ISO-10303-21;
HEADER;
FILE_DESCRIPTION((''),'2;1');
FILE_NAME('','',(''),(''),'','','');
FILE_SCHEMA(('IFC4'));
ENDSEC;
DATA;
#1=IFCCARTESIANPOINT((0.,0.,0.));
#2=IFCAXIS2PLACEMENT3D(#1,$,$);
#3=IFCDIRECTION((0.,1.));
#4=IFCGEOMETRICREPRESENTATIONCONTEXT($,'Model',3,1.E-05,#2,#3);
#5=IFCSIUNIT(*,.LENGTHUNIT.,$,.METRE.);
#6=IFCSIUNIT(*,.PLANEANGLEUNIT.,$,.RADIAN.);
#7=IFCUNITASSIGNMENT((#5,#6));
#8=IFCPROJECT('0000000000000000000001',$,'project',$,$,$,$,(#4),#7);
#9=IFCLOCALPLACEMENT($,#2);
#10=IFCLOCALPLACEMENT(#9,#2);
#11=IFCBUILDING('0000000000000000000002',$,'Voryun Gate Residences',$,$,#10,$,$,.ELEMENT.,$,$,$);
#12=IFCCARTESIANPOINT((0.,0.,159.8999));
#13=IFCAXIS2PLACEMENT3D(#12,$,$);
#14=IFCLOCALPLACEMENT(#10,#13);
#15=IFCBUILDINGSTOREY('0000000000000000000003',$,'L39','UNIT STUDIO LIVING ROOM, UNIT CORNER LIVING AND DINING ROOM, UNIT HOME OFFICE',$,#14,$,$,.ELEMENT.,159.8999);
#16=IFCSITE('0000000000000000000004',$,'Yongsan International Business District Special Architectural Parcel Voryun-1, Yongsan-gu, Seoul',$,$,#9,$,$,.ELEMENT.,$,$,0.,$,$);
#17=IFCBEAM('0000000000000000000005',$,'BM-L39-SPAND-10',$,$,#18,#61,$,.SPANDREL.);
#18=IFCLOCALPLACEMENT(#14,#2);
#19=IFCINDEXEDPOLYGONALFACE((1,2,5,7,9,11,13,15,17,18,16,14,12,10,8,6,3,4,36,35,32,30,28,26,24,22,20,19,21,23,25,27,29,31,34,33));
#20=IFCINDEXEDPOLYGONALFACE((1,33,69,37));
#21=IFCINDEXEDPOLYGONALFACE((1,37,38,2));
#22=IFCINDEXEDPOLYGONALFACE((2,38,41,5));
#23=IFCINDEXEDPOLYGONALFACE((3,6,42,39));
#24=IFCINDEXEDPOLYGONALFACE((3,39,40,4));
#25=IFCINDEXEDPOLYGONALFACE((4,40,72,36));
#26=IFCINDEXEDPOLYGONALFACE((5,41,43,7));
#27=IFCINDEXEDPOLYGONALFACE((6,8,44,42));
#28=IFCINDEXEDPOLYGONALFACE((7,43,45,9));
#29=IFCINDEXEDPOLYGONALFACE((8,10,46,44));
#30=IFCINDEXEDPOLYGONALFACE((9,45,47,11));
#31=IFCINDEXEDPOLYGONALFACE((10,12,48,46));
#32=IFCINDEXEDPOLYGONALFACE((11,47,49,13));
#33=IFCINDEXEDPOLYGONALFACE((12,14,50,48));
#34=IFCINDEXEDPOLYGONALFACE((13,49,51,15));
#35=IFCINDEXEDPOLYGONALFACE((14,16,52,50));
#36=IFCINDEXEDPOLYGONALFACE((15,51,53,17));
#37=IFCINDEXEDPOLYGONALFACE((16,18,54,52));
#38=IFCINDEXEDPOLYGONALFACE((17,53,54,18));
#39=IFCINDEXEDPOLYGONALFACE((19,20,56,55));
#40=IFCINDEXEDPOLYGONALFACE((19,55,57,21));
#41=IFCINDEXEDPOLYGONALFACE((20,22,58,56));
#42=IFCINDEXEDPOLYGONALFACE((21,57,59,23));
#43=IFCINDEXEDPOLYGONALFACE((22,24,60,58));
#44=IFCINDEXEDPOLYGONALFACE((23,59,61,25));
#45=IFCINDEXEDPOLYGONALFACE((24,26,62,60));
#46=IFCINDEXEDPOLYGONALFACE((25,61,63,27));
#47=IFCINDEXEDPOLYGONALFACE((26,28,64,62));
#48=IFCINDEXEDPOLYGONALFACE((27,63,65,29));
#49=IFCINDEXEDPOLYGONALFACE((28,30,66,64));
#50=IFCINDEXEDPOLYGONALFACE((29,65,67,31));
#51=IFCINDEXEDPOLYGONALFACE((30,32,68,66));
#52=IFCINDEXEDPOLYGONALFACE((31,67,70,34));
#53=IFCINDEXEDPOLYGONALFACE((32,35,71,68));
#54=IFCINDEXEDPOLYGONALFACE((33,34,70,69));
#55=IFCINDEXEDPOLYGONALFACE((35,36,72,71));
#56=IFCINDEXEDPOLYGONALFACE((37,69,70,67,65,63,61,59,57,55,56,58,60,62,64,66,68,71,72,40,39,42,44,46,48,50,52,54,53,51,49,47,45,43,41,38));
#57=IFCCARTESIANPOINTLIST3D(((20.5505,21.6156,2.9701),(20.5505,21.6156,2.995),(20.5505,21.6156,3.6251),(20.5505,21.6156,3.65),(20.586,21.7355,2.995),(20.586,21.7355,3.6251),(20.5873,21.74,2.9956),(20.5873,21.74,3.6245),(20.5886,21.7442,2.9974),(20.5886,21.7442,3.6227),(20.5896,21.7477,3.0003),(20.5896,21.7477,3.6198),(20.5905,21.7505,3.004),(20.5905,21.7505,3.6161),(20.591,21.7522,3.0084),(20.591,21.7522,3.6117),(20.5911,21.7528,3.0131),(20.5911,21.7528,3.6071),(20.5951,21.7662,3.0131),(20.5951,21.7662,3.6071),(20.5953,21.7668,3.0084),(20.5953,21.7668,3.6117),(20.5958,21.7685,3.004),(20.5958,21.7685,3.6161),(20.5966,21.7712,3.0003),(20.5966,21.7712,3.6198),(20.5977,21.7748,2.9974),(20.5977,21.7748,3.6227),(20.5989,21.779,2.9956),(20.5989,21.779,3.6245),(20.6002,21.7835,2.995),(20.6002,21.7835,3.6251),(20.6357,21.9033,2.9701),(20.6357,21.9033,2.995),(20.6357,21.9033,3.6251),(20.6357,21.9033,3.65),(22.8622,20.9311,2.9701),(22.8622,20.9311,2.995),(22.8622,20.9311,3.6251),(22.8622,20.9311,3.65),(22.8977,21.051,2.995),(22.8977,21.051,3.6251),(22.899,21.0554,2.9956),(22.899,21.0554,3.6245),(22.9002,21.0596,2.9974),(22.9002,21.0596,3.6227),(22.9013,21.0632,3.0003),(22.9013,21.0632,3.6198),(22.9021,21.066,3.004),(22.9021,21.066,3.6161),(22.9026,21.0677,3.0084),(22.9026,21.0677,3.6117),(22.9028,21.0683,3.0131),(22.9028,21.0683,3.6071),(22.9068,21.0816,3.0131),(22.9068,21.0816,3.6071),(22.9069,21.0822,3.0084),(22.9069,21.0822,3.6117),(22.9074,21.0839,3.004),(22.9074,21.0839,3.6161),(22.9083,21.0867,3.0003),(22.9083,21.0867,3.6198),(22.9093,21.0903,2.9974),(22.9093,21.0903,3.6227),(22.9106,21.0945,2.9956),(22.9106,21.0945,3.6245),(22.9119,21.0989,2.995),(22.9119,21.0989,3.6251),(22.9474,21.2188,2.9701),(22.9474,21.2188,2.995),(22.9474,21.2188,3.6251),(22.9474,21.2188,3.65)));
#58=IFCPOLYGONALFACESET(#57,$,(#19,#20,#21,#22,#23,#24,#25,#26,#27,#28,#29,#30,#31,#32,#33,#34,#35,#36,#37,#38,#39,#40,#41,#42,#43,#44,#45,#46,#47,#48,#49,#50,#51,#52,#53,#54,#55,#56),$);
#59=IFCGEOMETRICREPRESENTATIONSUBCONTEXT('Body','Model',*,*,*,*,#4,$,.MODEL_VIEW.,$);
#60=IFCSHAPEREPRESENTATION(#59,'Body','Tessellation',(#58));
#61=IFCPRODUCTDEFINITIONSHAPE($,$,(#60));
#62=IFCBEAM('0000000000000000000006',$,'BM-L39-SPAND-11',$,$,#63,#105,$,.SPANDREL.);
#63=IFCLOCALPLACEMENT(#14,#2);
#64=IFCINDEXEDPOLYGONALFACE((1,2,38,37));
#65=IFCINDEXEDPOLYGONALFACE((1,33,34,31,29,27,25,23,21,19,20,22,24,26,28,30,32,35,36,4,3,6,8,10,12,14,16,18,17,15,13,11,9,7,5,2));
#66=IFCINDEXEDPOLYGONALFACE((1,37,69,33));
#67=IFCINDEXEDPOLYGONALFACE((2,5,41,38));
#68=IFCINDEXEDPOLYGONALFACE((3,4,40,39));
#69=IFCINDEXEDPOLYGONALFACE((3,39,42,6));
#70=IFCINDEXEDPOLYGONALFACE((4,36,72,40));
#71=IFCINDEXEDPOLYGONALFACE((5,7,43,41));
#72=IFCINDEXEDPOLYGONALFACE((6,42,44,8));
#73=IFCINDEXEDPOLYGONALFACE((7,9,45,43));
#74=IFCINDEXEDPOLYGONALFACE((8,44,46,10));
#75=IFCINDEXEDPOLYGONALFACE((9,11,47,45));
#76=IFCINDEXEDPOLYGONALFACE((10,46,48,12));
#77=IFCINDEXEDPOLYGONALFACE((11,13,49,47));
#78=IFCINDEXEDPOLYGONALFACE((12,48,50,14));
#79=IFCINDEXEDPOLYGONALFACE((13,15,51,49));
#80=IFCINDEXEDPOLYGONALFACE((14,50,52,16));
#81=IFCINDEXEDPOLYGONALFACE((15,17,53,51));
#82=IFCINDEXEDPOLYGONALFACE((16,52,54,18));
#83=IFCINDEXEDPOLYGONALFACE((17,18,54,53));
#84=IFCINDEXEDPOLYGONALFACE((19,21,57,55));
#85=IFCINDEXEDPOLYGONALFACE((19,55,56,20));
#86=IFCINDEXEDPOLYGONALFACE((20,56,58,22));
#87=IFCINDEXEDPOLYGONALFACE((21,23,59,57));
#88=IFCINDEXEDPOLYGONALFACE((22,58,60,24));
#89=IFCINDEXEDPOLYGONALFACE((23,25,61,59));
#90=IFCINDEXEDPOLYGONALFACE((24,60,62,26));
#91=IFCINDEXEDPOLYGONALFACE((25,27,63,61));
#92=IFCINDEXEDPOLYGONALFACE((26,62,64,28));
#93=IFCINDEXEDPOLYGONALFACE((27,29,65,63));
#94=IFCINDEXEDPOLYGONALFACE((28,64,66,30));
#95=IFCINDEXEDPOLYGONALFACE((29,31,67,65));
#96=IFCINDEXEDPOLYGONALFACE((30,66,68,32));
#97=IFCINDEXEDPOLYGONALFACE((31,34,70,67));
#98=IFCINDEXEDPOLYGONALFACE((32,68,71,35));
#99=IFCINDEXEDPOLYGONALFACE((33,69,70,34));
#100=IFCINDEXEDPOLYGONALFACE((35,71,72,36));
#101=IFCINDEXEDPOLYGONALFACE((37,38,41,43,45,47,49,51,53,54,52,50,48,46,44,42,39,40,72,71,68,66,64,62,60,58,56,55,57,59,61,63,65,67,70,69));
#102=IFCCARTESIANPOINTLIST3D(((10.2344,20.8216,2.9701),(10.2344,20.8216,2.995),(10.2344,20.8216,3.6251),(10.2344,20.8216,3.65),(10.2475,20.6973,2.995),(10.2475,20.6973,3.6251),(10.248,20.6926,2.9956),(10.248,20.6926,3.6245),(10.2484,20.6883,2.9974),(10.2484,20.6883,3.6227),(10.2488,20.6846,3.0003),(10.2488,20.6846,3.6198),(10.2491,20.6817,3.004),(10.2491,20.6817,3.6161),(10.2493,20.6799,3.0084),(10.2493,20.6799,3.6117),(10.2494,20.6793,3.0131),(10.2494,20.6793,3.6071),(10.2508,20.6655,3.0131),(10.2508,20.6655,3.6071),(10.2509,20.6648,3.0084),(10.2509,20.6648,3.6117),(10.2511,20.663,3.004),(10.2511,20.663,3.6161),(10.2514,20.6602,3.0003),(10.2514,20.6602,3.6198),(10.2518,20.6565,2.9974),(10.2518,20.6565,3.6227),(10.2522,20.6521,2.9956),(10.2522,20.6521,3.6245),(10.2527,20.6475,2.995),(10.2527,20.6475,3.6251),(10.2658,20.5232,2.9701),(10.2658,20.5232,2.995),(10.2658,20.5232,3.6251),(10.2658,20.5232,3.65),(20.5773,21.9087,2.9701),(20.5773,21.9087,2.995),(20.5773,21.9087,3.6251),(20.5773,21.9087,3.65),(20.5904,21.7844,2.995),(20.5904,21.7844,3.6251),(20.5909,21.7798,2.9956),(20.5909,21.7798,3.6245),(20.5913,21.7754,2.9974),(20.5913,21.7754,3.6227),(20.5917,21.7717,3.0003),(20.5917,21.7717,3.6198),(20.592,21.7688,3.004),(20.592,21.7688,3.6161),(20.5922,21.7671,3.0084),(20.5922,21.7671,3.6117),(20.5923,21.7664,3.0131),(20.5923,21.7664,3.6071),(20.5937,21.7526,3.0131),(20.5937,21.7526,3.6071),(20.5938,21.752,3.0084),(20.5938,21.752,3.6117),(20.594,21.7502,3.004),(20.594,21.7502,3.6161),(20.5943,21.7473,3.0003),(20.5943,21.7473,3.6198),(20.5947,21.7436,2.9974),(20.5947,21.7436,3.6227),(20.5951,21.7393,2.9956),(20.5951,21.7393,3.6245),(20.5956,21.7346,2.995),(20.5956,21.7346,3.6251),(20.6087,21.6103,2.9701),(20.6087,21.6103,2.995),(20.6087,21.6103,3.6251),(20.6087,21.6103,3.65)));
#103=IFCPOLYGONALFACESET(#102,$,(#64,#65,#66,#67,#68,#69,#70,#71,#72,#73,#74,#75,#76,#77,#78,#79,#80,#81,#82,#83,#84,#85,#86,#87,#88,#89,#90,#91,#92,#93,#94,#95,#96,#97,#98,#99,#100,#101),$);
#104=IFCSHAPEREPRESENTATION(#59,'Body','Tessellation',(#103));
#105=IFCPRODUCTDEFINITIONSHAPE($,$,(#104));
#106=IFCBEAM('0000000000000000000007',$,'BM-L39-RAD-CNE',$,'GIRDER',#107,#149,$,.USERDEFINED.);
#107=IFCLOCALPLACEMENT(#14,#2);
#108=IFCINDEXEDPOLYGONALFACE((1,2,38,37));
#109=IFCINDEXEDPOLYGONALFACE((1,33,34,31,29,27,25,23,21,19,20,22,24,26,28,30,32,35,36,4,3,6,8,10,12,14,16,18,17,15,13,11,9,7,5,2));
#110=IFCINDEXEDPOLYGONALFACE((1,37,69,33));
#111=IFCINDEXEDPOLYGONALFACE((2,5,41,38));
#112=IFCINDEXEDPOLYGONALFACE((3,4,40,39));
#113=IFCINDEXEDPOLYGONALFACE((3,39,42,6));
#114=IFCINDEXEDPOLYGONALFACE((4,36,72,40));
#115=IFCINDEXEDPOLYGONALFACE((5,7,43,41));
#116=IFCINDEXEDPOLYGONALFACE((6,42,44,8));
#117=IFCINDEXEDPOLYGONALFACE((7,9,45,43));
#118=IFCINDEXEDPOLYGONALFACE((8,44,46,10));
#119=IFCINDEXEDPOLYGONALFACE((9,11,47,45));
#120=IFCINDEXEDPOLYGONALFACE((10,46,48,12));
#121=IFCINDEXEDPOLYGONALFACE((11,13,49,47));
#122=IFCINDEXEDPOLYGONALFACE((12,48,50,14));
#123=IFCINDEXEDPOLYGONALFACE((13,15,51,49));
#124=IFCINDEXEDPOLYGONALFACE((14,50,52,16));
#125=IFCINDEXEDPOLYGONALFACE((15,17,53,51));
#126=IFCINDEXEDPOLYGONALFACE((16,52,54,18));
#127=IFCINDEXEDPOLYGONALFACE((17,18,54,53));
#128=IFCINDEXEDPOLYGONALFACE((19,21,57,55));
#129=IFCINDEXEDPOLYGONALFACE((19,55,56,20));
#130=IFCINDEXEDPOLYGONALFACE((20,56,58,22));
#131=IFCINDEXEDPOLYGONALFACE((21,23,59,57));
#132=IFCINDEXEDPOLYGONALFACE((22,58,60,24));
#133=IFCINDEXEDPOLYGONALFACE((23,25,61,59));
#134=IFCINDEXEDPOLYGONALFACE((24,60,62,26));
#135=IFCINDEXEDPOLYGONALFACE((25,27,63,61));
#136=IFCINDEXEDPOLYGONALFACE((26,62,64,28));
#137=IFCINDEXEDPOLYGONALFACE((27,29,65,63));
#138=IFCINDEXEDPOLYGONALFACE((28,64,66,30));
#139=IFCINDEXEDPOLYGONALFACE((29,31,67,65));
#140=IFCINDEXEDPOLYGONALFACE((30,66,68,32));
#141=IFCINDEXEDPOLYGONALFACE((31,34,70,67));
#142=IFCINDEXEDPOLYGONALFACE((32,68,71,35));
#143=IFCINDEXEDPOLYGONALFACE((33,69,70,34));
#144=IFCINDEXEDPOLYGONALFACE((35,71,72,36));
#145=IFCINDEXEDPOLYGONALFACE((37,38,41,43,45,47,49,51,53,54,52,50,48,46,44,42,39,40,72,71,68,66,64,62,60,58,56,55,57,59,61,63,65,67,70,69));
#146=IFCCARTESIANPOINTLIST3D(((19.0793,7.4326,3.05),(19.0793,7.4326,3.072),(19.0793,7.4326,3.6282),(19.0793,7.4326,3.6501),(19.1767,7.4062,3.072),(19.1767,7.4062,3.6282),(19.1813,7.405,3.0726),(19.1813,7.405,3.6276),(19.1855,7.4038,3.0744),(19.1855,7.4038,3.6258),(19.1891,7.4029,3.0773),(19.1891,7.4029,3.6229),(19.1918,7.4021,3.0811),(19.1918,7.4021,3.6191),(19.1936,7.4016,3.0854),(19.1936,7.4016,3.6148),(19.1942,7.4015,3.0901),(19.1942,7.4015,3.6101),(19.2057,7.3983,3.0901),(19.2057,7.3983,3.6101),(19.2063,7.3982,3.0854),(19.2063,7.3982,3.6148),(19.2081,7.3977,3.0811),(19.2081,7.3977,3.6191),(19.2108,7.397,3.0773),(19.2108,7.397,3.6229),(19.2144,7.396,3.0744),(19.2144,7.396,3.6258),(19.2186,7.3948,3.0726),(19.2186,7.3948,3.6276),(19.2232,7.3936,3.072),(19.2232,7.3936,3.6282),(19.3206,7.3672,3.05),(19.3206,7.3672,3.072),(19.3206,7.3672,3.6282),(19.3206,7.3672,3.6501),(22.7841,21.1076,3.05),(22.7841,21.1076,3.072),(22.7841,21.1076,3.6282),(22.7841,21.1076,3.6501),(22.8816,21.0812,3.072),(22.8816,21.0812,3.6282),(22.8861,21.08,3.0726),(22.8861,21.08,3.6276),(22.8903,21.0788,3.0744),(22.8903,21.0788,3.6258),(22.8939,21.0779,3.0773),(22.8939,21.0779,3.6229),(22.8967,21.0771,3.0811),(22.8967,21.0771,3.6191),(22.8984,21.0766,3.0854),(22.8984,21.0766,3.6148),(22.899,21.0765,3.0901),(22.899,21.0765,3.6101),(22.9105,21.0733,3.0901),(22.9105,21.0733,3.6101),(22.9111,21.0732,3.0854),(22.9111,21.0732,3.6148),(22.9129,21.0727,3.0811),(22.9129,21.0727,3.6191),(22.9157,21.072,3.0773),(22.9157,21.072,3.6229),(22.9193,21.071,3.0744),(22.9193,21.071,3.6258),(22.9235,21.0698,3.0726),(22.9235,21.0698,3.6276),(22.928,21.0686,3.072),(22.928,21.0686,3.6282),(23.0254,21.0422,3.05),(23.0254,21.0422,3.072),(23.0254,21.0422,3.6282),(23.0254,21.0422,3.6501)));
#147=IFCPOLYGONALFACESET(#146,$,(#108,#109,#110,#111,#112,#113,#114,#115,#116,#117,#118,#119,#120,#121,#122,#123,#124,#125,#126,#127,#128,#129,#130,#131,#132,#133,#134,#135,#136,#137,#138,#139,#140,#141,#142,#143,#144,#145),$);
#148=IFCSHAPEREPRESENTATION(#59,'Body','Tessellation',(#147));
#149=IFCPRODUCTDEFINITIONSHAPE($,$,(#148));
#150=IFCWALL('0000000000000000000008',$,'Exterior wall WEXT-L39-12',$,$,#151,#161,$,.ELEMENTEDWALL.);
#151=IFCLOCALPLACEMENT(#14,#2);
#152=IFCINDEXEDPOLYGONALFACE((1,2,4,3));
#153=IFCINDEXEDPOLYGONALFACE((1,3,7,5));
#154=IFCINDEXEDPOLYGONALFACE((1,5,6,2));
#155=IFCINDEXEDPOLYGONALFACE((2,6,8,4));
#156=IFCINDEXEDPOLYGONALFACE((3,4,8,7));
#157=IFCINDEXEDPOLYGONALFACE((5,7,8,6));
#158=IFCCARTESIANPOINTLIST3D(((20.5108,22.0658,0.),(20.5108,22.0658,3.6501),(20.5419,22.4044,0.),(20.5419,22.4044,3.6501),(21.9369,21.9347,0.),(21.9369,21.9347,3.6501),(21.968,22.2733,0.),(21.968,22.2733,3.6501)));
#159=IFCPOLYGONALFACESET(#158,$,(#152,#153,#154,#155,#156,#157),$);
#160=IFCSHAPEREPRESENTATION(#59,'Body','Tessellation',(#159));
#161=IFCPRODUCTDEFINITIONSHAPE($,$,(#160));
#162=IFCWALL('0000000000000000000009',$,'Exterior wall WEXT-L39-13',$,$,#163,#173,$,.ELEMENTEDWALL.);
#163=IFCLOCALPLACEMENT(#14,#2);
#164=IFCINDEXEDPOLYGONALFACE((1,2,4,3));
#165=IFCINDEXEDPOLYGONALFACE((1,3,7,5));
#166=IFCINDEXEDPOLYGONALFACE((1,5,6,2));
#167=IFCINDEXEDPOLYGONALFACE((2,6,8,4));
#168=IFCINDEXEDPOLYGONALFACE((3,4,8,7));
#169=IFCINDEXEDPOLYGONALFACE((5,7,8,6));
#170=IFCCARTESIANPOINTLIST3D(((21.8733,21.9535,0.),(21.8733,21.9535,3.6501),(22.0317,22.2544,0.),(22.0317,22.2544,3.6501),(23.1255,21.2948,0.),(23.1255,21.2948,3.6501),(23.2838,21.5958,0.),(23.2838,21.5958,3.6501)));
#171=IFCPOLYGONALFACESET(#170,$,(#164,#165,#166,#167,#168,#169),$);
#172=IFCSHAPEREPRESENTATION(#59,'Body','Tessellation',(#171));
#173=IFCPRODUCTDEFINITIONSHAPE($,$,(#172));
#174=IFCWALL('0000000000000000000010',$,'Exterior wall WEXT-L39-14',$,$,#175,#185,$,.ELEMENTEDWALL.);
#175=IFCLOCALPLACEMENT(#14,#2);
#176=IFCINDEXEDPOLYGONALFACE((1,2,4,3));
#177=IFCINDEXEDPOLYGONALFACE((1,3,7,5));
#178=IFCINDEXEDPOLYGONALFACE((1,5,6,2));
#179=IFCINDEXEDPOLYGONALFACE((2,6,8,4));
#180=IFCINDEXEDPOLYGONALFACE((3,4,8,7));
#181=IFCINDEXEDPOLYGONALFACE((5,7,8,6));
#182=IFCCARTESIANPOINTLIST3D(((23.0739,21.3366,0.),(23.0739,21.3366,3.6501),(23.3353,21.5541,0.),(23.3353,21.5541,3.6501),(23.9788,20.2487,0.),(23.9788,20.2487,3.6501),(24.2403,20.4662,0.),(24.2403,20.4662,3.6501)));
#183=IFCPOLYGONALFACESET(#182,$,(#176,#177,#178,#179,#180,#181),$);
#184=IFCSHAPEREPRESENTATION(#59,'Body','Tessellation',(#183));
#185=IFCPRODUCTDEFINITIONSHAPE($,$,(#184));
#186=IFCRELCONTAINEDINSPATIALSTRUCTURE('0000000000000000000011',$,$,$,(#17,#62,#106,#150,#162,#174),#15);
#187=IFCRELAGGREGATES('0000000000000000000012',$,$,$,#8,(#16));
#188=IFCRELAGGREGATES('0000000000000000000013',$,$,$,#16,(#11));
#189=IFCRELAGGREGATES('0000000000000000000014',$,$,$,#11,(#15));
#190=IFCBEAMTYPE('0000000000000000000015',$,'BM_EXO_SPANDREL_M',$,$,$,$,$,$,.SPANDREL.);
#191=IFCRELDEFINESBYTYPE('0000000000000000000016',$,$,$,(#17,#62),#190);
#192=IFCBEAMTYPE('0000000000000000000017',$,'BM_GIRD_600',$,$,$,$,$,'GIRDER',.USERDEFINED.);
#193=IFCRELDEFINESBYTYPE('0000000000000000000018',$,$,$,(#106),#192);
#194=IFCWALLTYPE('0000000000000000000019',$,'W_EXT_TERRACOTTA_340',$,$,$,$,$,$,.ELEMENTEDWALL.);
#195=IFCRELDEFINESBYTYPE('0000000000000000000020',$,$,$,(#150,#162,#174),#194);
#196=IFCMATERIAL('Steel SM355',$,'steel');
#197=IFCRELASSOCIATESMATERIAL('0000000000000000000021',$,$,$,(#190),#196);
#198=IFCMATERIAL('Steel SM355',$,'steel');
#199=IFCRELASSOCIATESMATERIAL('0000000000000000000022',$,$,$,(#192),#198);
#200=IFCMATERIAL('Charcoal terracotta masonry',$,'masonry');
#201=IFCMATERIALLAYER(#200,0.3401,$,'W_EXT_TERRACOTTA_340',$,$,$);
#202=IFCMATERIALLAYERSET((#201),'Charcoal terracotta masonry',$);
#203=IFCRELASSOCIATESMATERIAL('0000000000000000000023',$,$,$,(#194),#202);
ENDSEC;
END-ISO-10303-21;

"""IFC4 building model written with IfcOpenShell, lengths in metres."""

from ifc_helpers import new_model, si_unit, direction, frame, frame_2d, origin, origin_2d, place, context, subcontext, project, spatial, rectangle, i_section, extrude, material, layer, layer_set, material_profile, profile_set, type_object, element, save


model = new_model("IFC4")

# Units and contexts
model_context = context("Model", 3, precision=1e-05, world=origin(), true_north=direction((0.0, 1.0)))
body_context = subcontext(model_context, "Body", "Model", "MODEL_VIEW")
ifc_project = project(units=[si_unit("LENGTHUNIT", "METRE"), si_unit("PLANEANGLEUNIT", "RADIAN")], contexts=[model_context])

# Site, building, storey
site_placement = place(None, origin())
site = spatial("IfcSite", under=ifc_project, at=site_placement, Name="Yongsan International Business District Special Architectural Parcel Voryun-1, Yongsan-gu, Seoul", CompositionType="ELEMENT", RefElevation=0.0)
building_placement = place(site_placement, origin())
building = spatial("IfcBuilding", under=site, at=building_placement, Name="Voryun Gate Residences", CompositionType="ELEMENT")
storey_placement = place(building_placement, frame((0.0, 0.0, 159.8999)))
storey = spatial("IfcBuildingStorey", under=building, at=storey_placement, Name="L39", Description="UNIT STUDIO LIVING ROOM, UNIT CORNER LIVING AND DINING ROOM, UNIT HOME OFFICE", CompositionType="ELEMENT", Elevation=159.8999)

# Beams
ifc_material_1 = material(Name="Steel SM355", Category="steel")
ifc_material_profile_1 = material_profile(ifc_material_1, i_section(OverallWidth=0.3, OverallDepth=0.6799, WebThickness=0.0139, FlangeThickness=0.0249, FilletRadius=0.0181, at=origin_2d()), Name="H-680x300x14x25")
ifc_profile_set_1 = profile_set([ifc_material_profile_1], Name="Steel SM355")
beam_type_1 = type_object("IfcBeamType", Name="BM_EXO_SPANDREL_M", PredefinedType="SPANDREL", material=ifc_profile_set_1)
beam_1_placement = place(storey_placement, frame((22.9048, 21.075, 3.3101), z_axis=(-0.958843, 0.283937, 0.0), x_axis=(-0.283937, -0.958843, 0.0)))
element("IfcBeam", 1, at=beam_1_placement, inside=storey, type_object=beam_type_1, Name="BM-L39-SPAND-10", PredefinedType="SPANDREL", context=body_context, shape_type="SweptSolid", body=[
    extrude(i_section(OverallWidth=0.3, OverallDepth=0.6799, WebThickness=0.0139, FlangeThickness=0.0249, FilletRadius=0.0181, at=origin_2d()), origin(), (0.0, 0.0, 1.0), 2.4109),
])
beam_2_placement = place(storey_placement, frame((20.593, 21.7595, 3.3101), z_axis=(-0.994521, -0.104534, 0.0), x_axis=(0.104534, -0.994521, 0.0)))
element("IfcBeam", 2, at=beam_2_placement, inside=storey, type_object=beam_type_1, Name="BM-L39-SPAND-11", PredefinedType="SPANDREL", context=body_context, shape_type="SweptSolid", body=[
    extrude(i_section(OverallWidth=0.3, OverallDepth=0.6799, WebThickness=0.0139, FlangeThickness=0.0249, FilletRadius=0.0181, at=origin_2d()), origin(), (0.0, 0.0, 1.0), 10.3999),
])
ifc_material_2 = material(Name="Steel SM355", Category="steel")
ifc_material_profile_2 = material_profile(ifc_material_2, i_section(OverallWidth=0.25, OverallDepth=0.6001, WebThickness=0.012, FlangeThickness=0.022, FilletRadius=0.0181, at=origin_2d()), Name="H-600x250x12x22")
ifc_profile_set_2 = profile_set([ifc_material_profile_2], Name="Steel SM355")
beam_type_2 = type_object("IfcBeamType", Name="BM_GIRD_600", ElementType="GIRDER", PredefinedType="USERDEFINED", material=ifc_profile_set_2)
beam_3_placement = place(storey_placement, frame((19.2, 7.3999, 3.3501), z_axis=(0.261493, 0.965205, 0.0), x_axis=(-0.965205, 0.261493, 0.0)))
element("IfcBeam", 3, at=beam_3_placement, inside=storey, type_object=beam_type_2, Name="BM-L39-RAD-CNE", ObjectType="GIRDER", PredefinedType="USERDEFINED", context=body_context, shape_type="SweptSolid", body=[
    extrude(i_section(OverallWidth=0.25, OverallDepth=0.6001, WebThickness=0.012, FlangeThickness=0.022, FilletRadius=0.0181, at=origin_2d()), origin(), (0.0, 0.0, 1.0), 14.168),
])

# Walls
ifc_material_3 = material(Name="Charcoal terracotta masonry", Category="masonry")
ifc_layer_1 = layer(ifc_material_3, 0.3401, Name="W_EXT_TERRACOTTA_340")
ifc_layer_set_1 = layer_set([ifc_layer_1], Name="Charcoal terracotta masonry")
wall_type_1 = type_object("IfcWallType", Name="W_EXT_TERRACOTTA_340", PredefinedType="ELEMENTEDWALL", material=ifc_layer_set_1)
wall_1_placement = place(storey_placement, frame((20.5264, 22.2351, 0.0), z_axis=(0.0, 0.0, 1.0), x_axis=(0.9958, -0.09155, 0.0)))
element("IfcWall", 4, at=wall_1_placement, inside=storey, type_object=wall_type_1, Name="Exterior wall WEXT-L39-12", PredefinedType="ELEMENTEDWALL", context=body_context, shape_type="SweptSolid", body=[
    extrude(rectangle(XDim=1.4321, YDim=0.3401, at=frame_2d((0.7161, 0.0))), origin(), (0.0, 0.0, 1.0), 3.6501),
])
wall_2_placement = place(storey_placement, frame((21.9524, 22.104, 0.0), z_axis=(0.0, 0.0, 1.0), x_axis=(0.885023, -0.465547, 0.0)))
element("IfcWall", 5, at=wall_2_placement, inside=storey, type_object=wall_type_1, Name="Exterior wall WEXT-L39-13", PredefinedType="ELEMENTEDWALL", context=body_context, shape_type="SweptSolid", body=[
    extrude(rectangle(XDim=1.4148, YDim=0.3401, at=frame_2d((0.7075, 0.0))), origin(), (0.0, 0.0, 1.0), 3.6501),
])
wall_3_placement = place(storey_placement, frame((23.2046, 21.4453, 0.0), z_axis=(0.0, 0.0, 1.0), x_axis=(0.639539, -0.768758, 0.0)))
element("IfcWall", 6, at=wall_3_placement, inside=storey, type_object=wall_type_1, Name="Exterior wall WEXT-L39-14", PredefinedType="ELEMENTEDWALL", context=body_context, shape_type="SweptSolid", body=[
    extrude(rectangle(XDim=1.415, YDim=0.3401, at=frame_2d((0.7075, 0.0))), origin(), (0.0, 0.0, 1.0), 3.6501),
])

save(model, "model.ifc")
